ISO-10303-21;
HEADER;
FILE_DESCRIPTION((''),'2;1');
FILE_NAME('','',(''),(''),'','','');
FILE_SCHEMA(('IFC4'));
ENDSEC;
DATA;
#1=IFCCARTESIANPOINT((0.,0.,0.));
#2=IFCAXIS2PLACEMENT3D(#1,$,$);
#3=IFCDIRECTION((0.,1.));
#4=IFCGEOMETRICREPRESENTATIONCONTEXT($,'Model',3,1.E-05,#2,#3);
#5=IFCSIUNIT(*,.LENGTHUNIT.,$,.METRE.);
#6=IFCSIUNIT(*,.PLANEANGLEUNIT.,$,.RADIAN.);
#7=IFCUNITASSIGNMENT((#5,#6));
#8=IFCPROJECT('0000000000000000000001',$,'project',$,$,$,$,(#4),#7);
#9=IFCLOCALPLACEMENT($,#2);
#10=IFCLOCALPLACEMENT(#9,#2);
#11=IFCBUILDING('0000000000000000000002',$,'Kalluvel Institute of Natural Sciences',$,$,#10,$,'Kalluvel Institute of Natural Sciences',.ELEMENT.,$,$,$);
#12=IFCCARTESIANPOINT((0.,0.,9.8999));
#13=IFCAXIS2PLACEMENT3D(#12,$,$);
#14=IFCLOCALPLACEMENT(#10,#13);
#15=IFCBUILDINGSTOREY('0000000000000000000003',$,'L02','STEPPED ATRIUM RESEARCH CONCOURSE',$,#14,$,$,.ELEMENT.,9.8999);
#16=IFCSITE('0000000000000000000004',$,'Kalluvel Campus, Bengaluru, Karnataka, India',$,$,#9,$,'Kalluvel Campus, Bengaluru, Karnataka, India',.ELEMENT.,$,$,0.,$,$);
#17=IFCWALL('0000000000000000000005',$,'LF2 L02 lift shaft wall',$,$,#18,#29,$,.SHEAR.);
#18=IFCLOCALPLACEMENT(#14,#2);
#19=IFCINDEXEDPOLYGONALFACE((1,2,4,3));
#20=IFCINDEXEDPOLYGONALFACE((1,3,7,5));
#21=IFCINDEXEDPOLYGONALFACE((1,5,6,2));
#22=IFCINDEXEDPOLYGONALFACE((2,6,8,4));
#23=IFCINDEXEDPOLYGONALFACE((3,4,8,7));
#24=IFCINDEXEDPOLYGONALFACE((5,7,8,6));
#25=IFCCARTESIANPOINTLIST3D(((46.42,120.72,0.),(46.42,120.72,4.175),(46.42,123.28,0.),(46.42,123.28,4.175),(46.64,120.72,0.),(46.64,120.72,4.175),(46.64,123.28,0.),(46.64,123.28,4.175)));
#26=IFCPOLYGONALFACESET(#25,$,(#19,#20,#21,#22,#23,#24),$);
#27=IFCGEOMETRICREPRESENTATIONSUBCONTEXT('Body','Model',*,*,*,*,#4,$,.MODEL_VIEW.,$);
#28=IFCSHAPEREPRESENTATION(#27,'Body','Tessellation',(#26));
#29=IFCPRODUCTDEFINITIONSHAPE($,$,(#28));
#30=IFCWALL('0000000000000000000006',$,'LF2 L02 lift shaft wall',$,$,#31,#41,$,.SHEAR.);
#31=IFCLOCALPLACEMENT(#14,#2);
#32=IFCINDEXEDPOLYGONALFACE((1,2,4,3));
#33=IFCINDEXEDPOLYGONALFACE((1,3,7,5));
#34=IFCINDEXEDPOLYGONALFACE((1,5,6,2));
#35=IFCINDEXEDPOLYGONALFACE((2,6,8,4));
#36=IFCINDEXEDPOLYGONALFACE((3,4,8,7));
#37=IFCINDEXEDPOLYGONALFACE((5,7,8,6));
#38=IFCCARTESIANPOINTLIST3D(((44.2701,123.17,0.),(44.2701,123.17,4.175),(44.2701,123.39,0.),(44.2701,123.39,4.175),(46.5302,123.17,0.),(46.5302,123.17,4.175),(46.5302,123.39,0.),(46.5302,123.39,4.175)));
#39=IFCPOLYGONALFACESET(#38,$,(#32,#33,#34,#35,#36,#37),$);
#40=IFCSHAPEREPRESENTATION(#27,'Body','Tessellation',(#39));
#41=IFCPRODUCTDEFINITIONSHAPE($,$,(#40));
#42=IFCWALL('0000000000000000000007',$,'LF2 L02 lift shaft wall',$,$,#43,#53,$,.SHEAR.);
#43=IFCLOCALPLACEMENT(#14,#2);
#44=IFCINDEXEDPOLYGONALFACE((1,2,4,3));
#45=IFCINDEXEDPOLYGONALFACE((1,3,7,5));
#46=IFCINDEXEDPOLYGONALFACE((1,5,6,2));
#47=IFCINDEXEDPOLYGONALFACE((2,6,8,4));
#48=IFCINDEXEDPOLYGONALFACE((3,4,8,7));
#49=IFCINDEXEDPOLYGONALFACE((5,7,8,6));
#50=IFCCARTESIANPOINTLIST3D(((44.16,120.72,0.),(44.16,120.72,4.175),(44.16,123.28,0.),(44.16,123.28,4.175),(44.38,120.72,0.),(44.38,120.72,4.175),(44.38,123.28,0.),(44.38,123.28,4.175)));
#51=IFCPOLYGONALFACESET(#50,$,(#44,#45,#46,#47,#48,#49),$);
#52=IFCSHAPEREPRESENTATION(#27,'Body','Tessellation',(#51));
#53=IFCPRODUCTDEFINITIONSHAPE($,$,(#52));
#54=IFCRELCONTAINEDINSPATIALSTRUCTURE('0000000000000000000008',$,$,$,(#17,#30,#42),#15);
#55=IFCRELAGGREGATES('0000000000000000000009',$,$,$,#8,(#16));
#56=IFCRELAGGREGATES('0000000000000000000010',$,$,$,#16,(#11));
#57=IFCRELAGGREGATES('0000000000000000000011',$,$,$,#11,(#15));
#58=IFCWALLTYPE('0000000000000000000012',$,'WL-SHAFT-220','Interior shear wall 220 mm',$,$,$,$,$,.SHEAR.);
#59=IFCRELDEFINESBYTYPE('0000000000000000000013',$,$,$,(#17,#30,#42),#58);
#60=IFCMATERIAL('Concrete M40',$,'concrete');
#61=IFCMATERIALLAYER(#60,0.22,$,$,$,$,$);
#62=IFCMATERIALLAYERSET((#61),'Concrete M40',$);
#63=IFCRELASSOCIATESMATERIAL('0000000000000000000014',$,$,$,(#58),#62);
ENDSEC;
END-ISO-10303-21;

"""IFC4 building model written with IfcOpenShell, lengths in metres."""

from ifc_helpers import new_model, si_unit, direction, frame, frame_2d, origin, place, context, subcontext, project, spatial, rectangle, extrude, material, layer, layer_set, type_object, element, save


model = new_model("IFC4")

# Units and contexts
model_context = context("Model", 3, precision=1e-05, world=origin(), true_north=direction((0.0, 1.0)))
body_context = subcontext(model_context, "Body", "Model", "MODEL_VIEW")
ifc_project = project(units=[si_unit("LENGTHUNIT", "METRE"), si_unit("PLANEANGLEUNIT", "RADIAN")], contexts=[model_context])

# Site, building, storey
site_placement = place(None, origin())
site = spatial("IfcSite", under=ifc_project, at=site_placement, Name="Kalluvel Campus, Bengaluru, Karnataka, India", LongName="Kalluvel Campus, Bengaluru, Karnataka, India", CompositionType="ELEMENT", RefElevation=0.0)
building_placement = place(site_placement, origin())
building = spatial("IfcBuilding", under=site, at=building_placement, Name="Kalluvel Institute of Natural Sciences", LongName="Kalluvel Institute of Natural Sciences", CompositionType="ELEMENT")
storey_placement = place(building_placement, frame((0.0, 0.0, 9.8999)))
storey = spatial("IfcBuildingStorey", under=building, at=storey_placement, Name="L02", Description="STEPPED ATRIUM RESEARCH CONCOURSE", CompositionType="ELEMENT", Elevation=9.8999)

# Shared definitions
ifc_material_1 = material(Name="Concrete M40", Category="concrete")

# Shared definitions
ifc_layer_1 = layer(ifc_material_1, 0.22)
ifc_layer_set_1 = layer_set([ifc_layer_1], Name="Concrete M40")
wall_type = type_object("IfcWallType", Name="WL-SHAFT-220", Description="Interior shear wall 220 mm", PredefinedType="SHEAR", material=ifc_layer_set_1)

# Walls
wall_1_placement = place(storey_placement, frame((46.53, 120.72, 0.0), z_axis=(0.0, 0.0, 1.0), x_axis=(0.0, 1.0, 0.0)))
element("IfcWall", 1, at=wall_1_placement, inside=storey, type_object=wall_type, Name="LF2 L02 lift shaft wall", PredefinedType="SHEAR", context=body_context, shape_type="SweptSolid", body=[
    extrude(rectangle(XDim=2.5601, YDim=0.22, at=frame_2d((1.28, 0.0))), origin(), (0.0, 0.0, 1.0), 4.175),
])
wall_2_placement = place(storey_placement, frame((46.53, 123.28, 0.0), z_axis=(0.0, 0.0, 1.0), x_axis=(-1.0, 0.0, 0.0)))
element("IfcWall", 2, at=wall_2_placement, inside=storey, type_object=wall_type, Name="LF2 L02 lift shaft wall", PredefinedType="SHEAR", context=body_context, shape_type="SweptSolid", body=[
    extrude(rectangle(XDim=2.26, YDim=0.22, at=frame_2d((1.1299, 0.0))), origin(), (0.0, 0.0, 1.0), 4.175),
])
wall_3_placement = place(storey_placement, frame((44.27, 123.28, 0.0), z_axis=(0.0, 0.0, 1.0), x_axis=(0.0, -1.0, 0.0)))
element("IfcWall", 3, at=wall_3_placement, inside=storey, type_object=wall_type, Name="LF2 L02 lift shaft wall", PredefinedType="SHEAR", context=body_context, shape_type="SweptSolid", body=[
    extrude(rectangle(XDim=2.5601, YDim=0.22, at=frame_2d((1.28, 0.0))), origin(), (0.0, 0.0, 1.0), 4.175),
])

save(model, "model.ifc")
